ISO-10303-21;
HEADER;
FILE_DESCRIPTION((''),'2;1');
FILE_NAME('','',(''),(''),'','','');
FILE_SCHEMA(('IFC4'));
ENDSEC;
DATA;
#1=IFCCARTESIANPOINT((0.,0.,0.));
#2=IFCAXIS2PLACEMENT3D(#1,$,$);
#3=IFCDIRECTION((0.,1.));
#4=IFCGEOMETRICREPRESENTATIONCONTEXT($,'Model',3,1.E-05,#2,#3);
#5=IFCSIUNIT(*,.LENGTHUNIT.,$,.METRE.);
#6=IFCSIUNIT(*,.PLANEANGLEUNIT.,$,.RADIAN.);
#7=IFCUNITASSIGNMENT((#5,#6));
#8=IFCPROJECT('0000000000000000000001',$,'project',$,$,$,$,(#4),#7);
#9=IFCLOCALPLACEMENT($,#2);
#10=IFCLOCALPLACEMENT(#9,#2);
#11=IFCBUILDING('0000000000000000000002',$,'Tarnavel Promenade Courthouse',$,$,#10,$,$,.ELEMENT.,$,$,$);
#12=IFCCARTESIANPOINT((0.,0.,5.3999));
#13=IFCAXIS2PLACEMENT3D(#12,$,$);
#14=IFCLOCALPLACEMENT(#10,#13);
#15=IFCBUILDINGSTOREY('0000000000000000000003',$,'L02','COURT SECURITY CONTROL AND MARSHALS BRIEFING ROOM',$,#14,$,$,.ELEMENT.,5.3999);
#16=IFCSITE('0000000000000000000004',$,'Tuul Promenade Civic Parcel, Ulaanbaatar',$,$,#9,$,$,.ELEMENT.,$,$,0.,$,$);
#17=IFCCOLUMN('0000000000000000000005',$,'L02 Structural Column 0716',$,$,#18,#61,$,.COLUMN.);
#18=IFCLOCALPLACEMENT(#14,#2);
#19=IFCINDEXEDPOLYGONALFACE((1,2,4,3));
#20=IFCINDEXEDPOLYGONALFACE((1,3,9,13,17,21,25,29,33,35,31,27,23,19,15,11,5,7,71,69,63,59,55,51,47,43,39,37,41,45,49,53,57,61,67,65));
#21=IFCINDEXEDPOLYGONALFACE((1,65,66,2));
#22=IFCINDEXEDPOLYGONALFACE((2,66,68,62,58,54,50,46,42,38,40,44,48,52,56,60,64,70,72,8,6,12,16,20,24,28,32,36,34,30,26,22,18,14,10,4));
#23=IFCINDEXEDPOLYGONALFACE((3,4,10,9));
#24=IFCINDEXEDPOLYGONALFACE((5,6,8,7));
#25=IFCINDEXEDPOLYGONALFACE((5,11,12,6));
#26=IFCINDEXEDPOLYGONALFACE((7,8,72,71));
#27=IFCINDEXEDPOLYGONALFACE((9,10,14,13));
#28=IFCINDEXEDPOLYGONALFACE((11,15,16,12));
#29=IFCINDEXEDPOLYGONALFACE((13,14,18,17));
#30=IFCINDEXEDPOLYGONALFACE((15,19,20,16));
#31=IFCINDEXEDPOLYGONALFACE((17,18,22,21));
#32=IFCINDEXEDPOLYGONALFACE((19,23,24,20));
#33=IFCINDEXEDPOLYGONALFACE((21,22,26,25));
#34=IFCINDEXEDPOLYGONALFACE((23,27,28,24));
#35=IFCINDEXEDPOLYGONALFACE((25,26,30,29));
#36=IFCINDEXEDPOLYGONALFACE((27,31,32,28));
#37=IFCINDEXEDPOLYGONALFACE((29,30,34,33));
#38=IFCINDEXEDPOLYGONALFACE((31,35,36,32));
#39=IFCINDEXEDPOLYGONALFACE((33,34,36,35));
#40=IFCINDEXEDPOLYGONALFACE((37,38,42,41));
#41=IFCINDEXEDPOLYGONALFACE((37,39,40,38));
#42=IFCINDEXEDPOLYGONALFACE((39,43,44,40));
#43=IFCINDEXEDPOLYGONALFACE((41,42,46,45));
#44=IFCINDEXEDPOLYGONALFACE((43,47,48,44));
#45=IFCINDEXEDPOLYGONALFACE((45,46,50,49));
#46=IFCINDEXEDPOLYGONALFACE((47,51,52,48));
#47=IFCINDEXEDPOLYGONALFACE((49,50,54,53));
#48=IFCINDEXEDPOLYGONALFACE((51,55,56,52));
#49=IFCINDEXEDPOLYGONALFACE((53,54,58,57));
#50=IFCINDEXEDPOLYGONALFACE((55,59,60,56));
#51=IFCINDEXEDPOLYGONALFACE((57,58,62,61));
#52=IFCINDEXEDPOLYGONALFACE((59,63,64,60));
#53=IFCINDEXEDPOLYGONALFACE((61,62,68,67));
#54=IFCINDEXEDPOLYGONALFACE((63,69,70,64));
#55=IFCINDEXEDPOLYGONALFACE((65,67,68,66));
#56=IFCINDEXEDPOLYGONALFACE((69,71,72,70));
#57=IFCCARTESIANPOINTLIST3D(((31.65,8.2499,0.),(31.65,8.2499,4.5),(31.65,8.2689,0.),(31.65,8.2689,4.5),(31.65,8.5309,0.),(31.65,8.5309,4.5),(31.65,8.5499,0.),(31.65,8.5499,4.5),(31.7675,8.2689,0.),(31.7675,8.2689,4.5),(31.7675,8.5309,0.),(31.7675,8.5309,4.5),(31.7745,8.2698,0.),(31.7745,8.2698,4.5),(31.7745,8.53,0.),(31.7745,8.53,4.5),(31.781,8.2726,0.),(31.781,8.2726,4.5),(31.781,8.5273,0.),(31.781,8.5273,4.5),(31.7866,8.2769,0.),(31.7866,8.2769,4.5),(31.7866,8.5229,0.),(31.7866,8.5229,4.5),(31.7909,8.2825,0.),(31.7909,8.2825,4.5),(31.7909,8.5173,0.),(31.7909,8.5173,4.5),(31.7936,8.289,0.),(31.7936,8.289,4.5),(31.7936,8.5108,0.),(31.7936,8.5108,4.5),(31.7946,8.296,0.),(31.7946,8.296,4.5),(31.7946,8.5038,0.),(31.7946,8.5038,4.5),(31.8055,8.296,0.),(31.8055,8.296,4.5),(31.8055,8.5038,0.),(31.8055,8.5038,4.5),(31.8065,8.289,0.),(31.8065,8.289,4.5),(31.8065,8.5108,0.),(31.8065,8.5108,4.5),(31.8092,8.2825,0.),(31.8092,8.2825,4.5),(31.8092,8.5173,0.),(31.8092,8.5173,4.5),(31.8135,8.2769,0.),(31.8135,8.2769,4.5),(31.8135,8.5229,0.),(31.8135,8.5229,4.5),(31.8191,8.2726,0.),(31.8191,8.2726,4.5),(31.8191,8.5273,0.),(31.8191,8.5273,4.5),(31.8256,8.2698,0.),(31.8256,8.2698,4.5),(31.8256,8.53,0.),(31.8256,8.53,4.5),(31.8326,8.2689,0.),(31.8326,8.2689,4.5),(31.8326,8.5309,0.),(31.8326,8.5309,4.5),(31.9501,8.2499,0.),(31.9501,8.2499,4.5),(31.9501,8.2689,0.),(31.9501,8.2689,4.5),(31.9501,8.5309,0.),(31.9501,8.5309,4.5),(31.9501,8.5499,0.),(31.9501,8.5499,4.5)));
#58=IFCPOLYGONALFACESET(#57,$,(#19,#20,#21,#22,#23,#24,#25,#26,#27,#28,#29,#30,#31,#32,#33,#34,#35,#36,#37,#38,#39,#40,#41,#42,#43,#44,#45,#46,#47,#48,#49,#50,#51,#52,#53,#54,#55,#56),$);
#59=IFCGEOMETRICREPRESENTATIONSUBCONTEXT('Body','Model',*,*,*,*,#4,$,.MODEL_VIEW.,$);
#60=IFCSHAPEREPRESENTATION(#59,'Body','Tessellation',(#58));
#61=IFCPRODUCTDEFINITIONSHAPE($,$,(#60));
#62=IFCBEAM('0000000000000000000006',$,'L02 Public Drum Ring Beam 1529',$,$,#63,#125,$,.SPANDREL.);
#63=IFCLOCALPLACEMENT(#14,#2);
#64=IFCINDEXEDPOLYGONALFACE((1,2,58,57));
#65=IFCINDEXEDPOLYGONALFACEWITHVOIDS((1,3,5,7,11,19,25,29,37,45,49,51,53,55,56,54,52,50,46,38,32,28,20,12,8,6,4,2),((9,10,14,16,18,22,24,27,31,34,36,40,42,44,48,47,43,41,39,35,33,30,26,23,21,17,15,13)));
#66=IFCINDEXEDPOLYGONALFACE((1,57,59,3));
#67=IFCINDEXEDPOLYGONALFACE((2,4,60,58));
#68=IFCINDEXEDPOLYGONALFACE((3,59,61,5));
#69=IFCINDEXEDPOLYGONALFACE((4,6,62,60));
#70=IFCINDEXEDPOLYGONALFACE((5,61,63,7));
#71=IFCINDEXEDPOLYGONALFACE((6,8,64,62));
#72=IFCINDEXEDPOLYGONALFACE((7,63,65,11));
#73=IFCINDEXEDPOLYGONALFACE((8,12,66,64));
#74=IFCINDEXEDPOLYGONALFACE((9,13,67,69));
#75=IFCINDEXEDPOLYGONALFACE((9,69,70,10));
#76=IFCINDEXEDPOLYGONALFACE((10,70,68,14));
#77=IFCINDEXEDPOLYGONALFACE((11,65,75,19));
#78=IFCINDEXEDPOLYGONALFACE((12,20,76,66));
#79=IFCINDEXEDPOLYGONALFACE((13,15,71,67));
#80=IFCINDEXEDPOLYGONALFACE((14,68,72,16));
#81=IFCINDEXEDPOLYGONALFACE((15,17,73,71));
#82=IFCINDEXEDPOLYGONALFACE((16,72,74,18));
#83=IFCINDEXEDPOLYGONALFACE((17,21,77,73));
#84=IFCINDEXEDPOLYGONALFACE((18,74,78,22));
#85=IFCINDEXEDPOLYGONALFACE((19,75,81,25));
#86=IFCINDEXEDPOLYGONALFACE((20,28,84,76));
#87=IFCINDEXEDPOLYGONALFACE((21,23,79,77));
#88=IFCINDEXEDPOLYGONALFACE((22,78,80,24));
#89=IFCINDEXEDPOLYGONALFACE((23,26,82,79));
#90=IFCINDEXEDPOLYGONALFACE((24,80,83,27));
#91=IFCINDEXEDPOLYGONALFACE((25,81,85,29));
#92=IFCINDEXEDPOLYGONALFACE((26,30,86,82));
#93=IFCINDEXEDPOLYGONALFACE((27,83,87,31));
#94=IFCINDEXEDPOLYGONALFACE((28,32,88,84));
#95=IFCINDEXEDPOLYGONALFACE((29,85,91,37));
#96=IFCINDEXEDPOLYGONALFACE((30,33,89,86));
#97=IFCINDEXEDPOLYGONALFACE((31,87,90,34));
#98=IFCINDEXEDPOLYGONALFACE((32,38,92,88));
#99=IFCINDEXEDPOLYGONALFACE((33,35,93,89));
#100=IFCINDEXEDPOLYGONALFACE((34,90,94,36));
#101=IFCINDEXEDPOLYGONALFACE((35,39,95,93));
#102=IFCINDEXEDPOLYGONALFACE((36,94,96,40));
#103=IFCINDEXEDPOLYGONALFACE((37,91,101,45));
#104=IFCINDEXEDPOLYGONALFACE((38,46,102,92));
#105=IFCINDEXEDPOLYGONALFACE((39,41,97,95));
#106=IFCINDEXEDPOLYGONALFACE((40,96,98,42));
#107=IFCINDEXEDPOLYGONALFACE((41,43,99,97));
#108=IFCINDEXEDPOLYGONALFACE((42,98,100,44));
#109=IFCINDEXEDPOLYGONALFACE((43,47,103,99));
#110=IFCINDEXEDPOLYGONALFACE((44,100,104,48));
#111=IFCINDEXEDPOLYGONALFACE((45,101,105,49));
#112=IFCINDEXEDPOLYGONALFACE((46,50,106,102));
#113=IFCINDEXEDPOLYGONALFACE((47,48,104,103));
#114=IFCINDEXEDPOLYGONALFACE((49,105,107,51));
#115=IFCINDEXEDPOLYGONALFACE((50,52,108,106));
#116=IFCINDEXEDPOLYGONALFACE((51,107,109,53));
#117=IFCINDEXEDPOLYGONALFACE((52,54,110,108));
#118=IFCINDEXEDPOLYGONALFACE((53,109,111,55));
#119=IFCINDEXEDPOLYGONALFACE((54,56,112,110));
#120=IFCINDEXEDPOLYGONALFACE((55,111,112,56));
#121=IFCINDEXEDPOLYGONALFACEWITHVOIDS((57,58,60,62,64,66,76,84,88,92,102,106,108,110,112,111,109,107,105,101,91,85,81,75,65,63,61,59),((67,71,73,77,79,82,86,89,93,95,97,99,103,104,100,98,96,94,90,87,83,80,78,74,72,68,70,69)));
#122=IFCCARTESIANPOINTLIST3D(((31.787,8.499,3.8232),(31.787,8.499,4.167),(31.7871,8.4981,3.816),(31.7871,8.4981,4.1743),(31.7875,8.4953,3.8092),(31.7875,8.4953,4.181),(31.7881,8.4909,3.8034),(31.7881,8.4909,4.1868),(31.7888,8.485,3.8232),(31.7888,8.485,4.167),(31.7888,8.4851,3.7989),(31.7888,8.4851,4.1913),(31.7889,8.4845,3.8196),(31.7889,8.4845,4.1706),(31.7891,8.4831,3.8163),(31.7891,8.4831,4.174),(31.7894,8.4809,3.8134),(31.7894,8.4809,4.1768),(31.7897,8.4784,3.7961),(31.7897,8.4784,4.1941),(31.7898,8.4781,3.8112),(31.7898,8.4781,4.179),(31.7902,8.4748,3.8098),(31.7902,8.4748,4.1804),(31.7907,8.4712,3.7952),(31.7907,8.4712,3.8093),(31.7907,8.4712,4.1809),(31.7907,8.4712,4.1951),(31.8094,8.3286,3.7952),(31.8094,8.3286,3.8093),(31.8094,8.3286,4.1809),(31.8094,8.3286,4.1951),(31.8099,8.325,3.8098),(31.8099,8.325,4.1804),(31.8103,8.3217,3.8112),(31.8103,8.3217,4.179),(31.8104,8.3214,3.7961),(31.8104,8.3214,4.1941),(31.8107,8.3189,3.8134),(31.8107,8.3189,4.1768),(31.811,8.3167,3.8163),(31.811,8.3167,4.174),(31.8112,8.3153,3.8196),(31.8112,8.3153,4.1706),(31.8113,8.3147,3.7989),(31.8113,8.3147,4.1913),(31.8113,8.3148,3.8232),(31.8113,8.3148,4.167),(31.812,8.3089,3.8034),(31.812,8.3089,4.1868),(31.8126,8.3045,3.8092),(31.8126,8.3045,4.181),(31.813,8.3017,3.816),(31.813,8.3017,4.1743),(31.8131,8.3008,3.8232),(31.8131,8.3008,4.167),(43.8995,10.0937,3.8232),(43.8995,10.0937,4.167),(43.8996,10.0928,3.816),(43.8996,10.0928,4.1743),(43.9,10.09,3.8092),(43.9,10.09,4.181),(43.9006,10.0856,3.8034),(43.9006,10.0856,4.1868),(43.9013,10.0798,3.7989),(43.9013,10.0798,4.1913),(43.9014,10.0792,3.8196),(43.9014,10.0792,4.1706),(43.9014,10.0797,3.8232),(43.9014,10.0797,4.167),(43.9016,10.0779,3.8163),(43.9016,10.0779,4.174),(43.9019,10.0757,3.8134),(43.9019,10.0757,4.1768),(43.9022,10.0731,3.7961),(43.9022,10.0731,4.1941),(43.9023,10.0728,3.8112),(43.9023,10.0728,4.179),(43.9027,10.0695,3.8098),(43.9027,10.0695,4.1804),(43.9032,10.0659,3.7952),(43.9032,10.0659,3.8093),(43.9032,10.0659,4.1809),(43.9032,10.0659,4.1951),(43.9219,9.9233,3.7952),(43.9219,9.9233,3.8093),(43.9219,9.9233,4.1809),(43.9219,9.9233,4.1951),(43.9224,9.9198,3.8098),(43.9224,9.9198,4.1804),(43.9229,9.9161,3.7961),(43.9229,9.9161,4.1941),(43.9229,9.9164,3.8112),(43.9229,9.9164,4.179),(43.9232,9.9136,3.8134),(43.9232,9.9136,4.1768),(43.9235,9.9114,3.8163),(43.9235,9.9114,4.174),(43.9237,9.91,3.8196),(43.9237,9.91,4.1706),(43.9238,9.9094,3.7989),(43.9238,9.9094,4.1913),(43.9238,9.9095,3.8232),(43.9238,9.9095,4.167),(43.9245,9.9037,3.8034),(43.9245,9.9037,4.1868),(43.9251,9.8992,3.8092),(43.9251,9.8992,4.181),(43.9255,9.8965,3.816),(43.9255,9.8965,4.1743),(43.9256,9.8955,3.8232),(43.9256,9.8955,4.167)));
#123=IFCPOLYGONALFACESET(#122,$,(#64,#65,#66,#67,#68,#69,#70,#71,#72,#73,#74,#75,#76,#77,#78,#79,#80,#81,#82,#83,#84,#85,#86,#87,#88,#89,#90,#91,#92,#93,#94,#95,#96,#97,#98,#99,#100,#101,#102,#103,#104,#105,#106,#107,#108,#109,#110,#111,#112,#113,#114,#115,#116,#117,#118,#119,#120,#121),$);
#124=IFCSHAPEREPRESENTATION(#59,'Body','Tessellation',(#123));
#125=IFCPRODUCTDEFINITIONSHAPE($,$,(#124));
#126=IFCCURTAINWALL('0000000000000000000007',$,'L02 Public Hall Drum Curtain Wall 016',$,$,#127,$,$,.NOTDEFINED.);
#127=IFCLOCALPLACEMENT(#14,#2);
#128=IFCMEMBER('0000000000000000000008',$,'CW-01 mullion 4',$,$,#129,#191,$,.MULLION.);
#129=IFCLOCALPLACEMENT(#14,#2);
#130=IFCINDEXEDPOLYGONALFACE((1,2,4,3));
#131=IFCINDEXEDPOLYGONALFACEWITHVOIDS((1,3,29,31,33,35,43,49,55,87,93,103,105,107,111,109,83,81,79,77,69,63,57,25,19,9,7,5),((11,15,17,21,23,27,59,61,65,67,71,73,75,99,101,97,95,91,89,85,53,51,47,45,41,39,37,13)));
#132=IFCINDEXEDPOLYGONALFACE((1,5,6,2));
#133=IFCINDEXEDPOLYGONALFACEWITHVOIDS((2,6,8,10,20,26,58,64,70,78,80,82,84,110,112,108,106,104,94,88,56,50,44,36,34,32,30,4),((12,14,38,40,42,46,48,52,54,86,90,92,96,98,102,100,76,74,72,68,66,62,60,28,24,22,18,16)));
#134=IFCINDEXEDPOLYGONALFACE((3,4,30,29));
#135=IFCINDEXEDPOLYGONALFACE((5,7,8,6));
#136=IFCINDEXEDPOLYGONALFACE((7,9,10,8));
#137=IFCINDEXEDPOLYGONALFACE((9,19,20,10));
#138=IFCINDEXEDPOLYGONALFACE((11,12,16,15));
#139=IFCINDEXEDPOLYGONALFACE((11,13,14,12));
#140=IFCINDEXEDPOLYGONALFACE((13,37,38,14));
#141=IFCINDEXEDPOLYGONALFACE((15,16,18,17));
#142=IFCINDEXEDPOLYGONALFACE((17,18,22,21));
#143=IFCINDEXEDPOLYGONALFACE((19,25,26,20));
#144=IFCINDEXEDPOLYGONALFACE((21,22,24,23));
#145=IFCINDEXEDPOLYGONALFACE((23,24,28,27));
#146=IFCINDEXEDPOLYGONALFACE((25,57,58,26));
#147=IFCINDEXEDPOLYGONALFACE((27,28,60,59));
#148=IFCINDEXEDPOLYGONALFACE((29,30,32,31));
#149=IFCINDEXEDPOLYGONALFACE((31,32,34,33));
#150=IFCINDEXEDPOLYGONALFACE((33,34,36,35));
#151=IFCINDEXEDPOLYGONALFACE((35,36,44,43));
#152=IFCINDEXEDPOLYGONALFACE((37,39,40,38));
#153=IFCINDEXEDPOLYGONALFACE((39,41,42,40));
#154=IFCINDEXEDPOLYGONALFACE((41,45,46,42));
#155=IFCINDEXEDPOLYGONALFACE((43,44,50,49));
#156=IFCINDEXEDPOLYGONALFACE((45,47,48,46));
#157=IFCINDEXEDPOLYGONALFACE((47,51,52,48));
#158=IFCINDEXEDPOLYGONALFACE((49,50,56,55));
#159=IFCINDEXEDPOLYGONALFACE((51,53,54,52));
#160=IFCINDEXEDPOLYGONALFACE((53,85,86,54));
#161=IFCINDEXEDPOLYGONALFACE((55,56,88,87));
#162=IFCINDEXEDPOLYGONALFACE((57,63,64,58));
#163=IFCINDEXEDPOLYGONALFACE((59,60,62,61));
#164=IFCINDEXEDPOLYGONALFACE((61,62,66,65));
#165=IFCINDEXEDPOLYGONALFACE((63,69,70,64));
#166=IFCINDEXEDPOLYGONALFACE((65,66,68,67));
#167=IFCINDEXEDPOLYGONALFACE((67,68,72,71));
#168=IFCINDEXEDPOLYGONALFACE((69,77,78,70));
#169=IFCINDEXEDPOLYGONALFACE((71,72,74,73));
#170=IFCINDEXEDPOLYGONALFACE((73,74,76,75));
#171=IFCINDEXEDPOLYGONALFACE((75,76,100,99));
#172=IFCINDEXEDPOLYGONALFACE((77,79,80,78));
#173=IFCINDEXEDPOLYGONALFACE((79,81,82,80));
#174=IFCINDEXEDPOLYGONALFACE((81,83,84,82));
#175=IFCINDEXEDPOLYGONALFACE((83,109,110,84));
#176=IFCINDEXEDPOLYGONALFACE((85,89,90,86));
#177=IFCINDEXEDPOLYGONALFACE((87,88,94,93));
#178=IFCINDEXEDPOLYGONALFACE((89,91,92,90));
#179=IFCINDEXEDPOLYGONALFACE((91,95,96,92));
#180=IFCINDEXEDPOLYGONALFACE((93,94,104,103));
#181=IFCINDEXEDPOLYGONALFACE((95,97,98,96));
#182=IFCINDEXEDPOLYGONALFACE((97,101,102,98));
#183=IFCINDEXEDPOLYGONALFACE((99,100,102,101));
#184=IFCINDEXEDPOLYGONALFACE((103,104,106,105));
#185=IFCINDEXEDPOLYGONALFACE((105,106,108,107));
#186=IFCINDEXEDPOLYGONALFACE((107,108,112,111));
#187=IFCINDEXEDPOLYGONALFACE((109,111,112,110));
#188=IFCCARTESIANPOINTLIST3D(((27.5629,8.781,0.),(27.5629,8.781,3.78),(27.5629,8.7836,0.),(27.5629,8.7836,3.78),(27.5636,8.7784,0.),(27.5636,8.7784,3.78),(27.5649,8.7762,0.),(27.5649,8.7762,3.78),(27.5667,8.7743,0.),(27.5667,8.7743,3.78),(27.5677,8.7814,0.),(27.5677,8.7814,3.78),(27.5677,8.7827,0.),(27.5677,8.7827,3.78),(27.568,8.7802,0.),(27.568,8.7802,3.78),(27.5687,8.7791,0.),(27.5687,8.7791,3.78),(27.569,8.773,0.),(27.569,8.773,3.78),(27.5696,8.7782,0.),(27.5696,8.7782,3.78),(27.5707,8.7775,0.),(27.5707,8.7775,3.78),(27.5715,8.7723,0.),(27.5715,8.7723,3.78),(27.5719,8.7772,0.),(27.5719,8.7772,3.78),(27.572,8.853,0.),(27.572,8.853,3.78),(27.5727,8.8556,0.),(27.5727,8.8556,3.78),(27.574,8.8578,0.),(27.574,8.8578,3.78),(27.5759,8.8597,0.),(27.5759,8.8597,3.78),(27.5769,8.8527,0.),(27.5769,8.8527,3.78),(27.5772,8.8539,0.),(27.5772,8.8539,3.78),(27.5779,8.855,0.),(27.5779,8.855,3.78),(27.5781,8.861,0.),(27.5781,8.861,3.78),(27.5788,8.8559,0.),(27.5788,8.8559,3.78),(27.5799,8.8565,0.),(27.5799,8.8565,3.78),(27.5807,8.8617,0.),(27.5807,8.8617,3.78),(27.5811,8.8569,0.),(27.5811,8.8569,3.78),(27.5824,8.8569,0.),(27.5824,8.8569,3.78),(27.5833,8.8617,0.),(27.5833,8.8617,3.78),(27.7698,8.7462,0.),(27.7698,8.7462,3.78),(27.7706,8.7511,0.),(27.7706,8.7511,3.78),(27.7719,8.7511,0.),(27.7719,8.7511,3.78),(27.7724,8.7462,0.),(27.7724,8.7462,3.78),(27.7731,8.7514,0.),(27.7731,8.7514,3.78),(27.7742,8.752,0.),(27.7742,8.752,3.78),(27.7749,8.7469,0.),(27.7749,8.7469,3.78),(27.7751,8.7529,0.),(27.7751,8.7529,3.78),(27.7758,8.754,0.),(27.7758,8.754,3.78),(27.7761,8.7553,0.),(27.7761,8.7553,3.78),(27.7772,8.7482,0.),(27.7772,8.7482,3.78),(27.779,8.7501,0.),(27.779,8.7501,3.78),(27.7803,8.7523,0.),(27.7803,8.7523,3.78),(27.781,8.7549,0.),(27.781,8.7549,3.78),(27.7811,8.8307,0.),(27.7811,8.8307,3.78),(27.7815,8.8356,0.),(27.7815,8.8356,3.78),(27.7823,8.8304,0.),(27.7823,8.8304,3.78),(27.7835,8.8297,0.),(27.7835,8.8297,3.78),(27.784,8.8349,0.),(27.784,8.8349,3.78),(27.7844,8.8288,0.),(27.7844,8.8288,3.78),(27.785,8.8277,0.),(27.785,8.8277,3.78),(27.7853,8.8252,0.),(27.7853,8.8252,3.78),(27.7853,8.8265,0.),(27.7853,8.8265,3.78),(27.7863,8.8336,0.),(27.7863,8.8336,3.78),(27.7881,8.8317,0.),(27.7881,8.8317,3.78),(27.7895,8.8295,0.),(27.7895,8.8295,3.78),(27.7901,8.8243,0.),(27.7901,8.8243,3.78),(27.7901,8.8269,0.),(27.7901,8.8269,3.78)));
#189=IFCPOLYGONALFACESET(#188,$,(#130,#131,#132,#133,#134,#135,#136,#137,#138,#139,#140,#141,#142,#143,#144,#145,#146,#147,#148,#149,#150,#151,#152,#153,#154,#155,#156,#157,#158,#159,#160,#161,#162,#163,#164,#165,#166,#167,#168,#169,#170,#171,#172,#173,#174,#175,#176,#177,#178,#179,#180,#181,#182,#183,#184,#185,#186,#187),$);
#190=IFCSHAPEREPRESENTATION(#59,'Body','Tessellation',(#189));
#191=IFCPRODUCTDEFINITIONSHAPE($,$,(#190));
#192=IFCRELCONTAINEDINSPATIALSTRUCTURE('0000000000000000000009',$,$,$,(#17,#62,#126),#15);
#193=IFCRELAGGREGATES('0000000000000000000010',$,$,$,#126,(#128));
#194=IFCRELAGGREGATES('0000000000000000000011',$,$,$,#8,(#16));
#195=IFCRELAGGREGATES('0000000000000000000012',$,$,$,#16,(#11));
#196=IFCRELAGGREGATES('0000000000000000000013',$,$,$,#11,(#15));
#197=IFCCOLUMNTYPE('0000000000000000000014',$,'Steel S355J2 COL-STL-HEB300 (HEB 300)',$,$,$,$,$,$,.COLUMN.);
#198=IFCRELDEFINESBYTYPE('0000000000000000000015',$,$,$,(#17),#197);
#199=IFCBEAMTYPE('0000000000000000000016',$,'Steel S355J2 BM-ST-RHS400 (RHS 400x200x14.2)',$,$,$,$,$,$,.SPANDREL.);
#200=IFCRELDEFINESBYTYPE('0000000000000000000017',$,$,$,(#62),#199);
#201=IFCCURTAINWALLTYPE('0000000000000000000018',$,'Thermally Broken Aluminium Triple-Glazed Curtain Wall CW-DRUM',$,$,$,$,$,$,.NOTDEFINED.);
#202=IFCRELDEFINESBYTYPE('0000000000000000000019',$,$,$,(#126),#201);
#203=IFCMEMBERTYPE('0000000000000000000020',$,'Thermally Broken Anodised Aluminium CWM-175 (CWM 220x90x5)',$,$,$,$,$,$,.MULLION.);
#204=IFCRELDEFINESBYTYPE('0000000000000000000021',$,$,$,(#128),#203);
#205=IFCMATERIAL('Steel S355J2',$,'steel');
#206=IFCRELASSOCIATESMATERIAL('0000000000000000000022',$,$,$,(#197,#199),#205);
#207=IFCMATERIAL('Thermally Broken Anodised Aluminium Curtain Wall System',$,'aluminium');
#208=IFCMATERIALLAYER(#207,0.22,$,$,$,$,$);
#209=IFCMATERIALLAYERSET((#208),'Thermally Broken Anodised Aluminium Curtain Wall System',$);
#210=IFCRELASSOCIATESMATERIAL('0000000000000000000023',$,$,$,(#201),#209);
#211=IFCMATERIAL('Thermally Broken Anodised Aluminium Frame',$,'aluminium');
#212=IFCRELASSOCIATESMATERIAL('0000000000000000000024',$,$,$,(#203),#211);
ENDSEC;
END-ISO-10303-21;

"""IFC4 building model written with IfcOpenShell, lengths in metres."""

from ifc_helpers import new_model, si_unit, direction, frame, origin, origin_2d, place, context, subcontext, project, spatial, hollow_rectangle, i_section, extrude, material, layer, layer_set, material_profile, profile_set, type_object, element, aggregate, save


model = new_model("IFC4")

# Units and contexts
model_context = context("Model", 3, precision=1e-05, world=origin(), true_north=direction((0.0, 1.0)))
body_context = subcontext(model_context, "Body", "Model", "MODEL_VIEW")
ifc_project = project(units=[si_unit("LENGTHUNIT", "METRE"), si_unit("PLANEANGLEUNIT", "RADIAN")], contexts=[model_context])

# Site, building, storey
site_placement = place(None, origin())
site = spatial("IfcSite", under=ifc_project, at=site_placement, Name="Tuul Promenade Civic Parcel, Ulaanbaatar", CompositionType="ELEMENT", RefElevation=0.0)
building_placement = place(site_placement, origin())
building = spatial("IfcBuilding", under=site, at=building_placement, Name="Tarnavel Promenade Courthouse", CompositionType="ELEMENT")
storey_placement = place(building_placement, frame((0.0, 0.0, 5.3999)))
storey = spatial("IfcBuildingStorey", under=building, at=storey_placement, Name="L02", Description="COURT SECURITY CONTROL AND MARSHALS BRIEFING ROOM", CompositionType="ELEMENT", Elevation=5.3999)

# Column
ifc_material_1 = material(Name="Steel S355J2", Category="steel")
ifc_material_profile_1 = material_profile(ifc_material_1, i_section(OverallWidth=0.3, OverallDepth=0.3, WebThickness=0.011, FlangeThickness=0.019, FilletRadius=0.0271, at=origin_2d()), Name="HEB 300")
ifc_profile_set_1 = profile_set([ifc_material_profile_1], Name="Steel S355J2")
column_type = type_object("IfcColumnType", Name="Steel S355J2 COL-STL-HEB300 (HEB 300)", PredefinedType="COLUMN", material=ifc_profile_set_1)
column_placement = place(storey_placement, frame((31.8, 8.3999, 0.0), z_axis=(0.0, 0.0, 1.0), x_axis=(1.0, 0.0, 0.0)))
element("IfcColumn", 1, at=column_placement, inside=storey, type_object=column_type, Name="L02 Structural Column 0716", PredefinedType="COLUMN", context=body_context, shape_type="SweptSolid", body=[
    extrude(i_section(OverallWidth=0.3, OverallDepth=0.3, WebThickness=0.011, FlangeThickness=0.019, FilletRadius=0.0271, at=origin_2d()), origin(), (0.0, 0.0, 1.0), 4.5),
])

# Beam
ifc_material_profile_2 = material_profile(ifc_material_1, hollow_rectangle(XDim=0.2, YDim=0.3999, WallThickness=0.0142, InnerFilletRadius=0.0139, OuterFilletRadius=0.0281, at=origin_2d()), Name="RHS 400x200x14.2")
ifc_profile_set_2 = profile_set([ifc_material_profile_2], Name="Steel S355J2")
beam_type = type_object("IfcBeamType", Name="Steel S355J2 BM-ST-RHS400 (RHS 400x200x14.2)", PredefinedType="SPANDREL", material=ifc_profile_set_2)
beam_placement = place(storey_placement, frame((31.8, 8.3999, 3.9951), z_axis=(0.991444, 0.130533, 0.0), x_axis=(-0.130533, 0.991444, 0.0)))
element("IfcBeam", 2, at=beam_placement, inside=storey, type_object=beam_type, Name="L02 Public Drum Ring Beam 1529", PredefinedType="SPANDREL", context=body_context, shape_type="SweptSolid", body=[
    extrude(hollow_rectangle(XDim=0.2, YDim=0.3999, WallThickness=0.0142, InnerFilletRadius=0.0139, OuterFilletRadius=0.0281, at=origin_2d()), origin(), (0.0, 0.0, 1.0), 12.217),
])

# Curtain wall, member
ifc_material_2 = material(Name="Thermally Broken Anodised Aluminium Curtain Wall System", Category="aluminium")
ifc_layer_1 = layer(ifc_material_2, 0.22)
ifc_layer_set_1 = layer_set([ifc_layer_1], Name="Thermally Broken Anodised Aluminium Curtain Wall System")
curtain_wall_type = type_object("IfcCurtainWallType", Name="Thermally Broken Aluminium Triple-Glazed Curtain Wall CW-DRUM", PredefinedType="NOTDEFINED", material=ifc_layer_set_1)
curtain_wall_1_placement = place(storey_placement, origin())
curtain_wall_1 = element("IfcCurtainWall", 3, at=curtain_wall_1_placement, inside=storey, type_object=curtain_wall_type, Name="L02 Public Hall Drum Curtain Wall 016", PredefinedType="NOTDEFINED")
ifc_material_3 = material(Name="Thermally Broken Anodised Aluminium Frame", Category="aluminium")
ifc_material_profile_3 = material_profile(ifc_material_3, hollow_rectangle(XDim=0.0901, YDim=0.22, WallThickness=0.0049, InnerFilletRadius=0.0049, OuterFilletRadius=0.01, at=origin_2d()), Name="CWM 220x90x5")
ifc_profile_set_3 = profile_set([ifc_material_profile_3], Name="Thermally Broken Anodised Aluminium Frame")
member_type_1 = type_object("IfcMemberType", Name="Thermally Broken Anodised Aluminium CWM-175 (CWM 220x90x5)", PredefinedType="MULLION", material=ifc_profile_set_3)
member_1_placement = place(storey_placement, frame((27.6765, 8.804, 0.0), z_axis=(0.0, 0.0, 1.0), x_axis=(0.130527, 0.991445, 0.0)))
member_1 = element("IfcMember", 4, at=member_1_placement, type_object=member_type_1, Name="CW-01 mullion 4", PredefinedType="MULLION", context=body_context, shape_type="SweptSolid", body=[
    extrude(hollow_rectangle(XDim=0.0901, YDim=0.22, WallThickness=0.0049, InnerFilletRadius=0.0049, OuterFilletRadius=0.01, at=origin_2d()), origin(), (0.0, 0.0, 1.0), 3.78),
])

aggregate(curtain_wall_1, [member_1])

save(model, "model.ifc")
